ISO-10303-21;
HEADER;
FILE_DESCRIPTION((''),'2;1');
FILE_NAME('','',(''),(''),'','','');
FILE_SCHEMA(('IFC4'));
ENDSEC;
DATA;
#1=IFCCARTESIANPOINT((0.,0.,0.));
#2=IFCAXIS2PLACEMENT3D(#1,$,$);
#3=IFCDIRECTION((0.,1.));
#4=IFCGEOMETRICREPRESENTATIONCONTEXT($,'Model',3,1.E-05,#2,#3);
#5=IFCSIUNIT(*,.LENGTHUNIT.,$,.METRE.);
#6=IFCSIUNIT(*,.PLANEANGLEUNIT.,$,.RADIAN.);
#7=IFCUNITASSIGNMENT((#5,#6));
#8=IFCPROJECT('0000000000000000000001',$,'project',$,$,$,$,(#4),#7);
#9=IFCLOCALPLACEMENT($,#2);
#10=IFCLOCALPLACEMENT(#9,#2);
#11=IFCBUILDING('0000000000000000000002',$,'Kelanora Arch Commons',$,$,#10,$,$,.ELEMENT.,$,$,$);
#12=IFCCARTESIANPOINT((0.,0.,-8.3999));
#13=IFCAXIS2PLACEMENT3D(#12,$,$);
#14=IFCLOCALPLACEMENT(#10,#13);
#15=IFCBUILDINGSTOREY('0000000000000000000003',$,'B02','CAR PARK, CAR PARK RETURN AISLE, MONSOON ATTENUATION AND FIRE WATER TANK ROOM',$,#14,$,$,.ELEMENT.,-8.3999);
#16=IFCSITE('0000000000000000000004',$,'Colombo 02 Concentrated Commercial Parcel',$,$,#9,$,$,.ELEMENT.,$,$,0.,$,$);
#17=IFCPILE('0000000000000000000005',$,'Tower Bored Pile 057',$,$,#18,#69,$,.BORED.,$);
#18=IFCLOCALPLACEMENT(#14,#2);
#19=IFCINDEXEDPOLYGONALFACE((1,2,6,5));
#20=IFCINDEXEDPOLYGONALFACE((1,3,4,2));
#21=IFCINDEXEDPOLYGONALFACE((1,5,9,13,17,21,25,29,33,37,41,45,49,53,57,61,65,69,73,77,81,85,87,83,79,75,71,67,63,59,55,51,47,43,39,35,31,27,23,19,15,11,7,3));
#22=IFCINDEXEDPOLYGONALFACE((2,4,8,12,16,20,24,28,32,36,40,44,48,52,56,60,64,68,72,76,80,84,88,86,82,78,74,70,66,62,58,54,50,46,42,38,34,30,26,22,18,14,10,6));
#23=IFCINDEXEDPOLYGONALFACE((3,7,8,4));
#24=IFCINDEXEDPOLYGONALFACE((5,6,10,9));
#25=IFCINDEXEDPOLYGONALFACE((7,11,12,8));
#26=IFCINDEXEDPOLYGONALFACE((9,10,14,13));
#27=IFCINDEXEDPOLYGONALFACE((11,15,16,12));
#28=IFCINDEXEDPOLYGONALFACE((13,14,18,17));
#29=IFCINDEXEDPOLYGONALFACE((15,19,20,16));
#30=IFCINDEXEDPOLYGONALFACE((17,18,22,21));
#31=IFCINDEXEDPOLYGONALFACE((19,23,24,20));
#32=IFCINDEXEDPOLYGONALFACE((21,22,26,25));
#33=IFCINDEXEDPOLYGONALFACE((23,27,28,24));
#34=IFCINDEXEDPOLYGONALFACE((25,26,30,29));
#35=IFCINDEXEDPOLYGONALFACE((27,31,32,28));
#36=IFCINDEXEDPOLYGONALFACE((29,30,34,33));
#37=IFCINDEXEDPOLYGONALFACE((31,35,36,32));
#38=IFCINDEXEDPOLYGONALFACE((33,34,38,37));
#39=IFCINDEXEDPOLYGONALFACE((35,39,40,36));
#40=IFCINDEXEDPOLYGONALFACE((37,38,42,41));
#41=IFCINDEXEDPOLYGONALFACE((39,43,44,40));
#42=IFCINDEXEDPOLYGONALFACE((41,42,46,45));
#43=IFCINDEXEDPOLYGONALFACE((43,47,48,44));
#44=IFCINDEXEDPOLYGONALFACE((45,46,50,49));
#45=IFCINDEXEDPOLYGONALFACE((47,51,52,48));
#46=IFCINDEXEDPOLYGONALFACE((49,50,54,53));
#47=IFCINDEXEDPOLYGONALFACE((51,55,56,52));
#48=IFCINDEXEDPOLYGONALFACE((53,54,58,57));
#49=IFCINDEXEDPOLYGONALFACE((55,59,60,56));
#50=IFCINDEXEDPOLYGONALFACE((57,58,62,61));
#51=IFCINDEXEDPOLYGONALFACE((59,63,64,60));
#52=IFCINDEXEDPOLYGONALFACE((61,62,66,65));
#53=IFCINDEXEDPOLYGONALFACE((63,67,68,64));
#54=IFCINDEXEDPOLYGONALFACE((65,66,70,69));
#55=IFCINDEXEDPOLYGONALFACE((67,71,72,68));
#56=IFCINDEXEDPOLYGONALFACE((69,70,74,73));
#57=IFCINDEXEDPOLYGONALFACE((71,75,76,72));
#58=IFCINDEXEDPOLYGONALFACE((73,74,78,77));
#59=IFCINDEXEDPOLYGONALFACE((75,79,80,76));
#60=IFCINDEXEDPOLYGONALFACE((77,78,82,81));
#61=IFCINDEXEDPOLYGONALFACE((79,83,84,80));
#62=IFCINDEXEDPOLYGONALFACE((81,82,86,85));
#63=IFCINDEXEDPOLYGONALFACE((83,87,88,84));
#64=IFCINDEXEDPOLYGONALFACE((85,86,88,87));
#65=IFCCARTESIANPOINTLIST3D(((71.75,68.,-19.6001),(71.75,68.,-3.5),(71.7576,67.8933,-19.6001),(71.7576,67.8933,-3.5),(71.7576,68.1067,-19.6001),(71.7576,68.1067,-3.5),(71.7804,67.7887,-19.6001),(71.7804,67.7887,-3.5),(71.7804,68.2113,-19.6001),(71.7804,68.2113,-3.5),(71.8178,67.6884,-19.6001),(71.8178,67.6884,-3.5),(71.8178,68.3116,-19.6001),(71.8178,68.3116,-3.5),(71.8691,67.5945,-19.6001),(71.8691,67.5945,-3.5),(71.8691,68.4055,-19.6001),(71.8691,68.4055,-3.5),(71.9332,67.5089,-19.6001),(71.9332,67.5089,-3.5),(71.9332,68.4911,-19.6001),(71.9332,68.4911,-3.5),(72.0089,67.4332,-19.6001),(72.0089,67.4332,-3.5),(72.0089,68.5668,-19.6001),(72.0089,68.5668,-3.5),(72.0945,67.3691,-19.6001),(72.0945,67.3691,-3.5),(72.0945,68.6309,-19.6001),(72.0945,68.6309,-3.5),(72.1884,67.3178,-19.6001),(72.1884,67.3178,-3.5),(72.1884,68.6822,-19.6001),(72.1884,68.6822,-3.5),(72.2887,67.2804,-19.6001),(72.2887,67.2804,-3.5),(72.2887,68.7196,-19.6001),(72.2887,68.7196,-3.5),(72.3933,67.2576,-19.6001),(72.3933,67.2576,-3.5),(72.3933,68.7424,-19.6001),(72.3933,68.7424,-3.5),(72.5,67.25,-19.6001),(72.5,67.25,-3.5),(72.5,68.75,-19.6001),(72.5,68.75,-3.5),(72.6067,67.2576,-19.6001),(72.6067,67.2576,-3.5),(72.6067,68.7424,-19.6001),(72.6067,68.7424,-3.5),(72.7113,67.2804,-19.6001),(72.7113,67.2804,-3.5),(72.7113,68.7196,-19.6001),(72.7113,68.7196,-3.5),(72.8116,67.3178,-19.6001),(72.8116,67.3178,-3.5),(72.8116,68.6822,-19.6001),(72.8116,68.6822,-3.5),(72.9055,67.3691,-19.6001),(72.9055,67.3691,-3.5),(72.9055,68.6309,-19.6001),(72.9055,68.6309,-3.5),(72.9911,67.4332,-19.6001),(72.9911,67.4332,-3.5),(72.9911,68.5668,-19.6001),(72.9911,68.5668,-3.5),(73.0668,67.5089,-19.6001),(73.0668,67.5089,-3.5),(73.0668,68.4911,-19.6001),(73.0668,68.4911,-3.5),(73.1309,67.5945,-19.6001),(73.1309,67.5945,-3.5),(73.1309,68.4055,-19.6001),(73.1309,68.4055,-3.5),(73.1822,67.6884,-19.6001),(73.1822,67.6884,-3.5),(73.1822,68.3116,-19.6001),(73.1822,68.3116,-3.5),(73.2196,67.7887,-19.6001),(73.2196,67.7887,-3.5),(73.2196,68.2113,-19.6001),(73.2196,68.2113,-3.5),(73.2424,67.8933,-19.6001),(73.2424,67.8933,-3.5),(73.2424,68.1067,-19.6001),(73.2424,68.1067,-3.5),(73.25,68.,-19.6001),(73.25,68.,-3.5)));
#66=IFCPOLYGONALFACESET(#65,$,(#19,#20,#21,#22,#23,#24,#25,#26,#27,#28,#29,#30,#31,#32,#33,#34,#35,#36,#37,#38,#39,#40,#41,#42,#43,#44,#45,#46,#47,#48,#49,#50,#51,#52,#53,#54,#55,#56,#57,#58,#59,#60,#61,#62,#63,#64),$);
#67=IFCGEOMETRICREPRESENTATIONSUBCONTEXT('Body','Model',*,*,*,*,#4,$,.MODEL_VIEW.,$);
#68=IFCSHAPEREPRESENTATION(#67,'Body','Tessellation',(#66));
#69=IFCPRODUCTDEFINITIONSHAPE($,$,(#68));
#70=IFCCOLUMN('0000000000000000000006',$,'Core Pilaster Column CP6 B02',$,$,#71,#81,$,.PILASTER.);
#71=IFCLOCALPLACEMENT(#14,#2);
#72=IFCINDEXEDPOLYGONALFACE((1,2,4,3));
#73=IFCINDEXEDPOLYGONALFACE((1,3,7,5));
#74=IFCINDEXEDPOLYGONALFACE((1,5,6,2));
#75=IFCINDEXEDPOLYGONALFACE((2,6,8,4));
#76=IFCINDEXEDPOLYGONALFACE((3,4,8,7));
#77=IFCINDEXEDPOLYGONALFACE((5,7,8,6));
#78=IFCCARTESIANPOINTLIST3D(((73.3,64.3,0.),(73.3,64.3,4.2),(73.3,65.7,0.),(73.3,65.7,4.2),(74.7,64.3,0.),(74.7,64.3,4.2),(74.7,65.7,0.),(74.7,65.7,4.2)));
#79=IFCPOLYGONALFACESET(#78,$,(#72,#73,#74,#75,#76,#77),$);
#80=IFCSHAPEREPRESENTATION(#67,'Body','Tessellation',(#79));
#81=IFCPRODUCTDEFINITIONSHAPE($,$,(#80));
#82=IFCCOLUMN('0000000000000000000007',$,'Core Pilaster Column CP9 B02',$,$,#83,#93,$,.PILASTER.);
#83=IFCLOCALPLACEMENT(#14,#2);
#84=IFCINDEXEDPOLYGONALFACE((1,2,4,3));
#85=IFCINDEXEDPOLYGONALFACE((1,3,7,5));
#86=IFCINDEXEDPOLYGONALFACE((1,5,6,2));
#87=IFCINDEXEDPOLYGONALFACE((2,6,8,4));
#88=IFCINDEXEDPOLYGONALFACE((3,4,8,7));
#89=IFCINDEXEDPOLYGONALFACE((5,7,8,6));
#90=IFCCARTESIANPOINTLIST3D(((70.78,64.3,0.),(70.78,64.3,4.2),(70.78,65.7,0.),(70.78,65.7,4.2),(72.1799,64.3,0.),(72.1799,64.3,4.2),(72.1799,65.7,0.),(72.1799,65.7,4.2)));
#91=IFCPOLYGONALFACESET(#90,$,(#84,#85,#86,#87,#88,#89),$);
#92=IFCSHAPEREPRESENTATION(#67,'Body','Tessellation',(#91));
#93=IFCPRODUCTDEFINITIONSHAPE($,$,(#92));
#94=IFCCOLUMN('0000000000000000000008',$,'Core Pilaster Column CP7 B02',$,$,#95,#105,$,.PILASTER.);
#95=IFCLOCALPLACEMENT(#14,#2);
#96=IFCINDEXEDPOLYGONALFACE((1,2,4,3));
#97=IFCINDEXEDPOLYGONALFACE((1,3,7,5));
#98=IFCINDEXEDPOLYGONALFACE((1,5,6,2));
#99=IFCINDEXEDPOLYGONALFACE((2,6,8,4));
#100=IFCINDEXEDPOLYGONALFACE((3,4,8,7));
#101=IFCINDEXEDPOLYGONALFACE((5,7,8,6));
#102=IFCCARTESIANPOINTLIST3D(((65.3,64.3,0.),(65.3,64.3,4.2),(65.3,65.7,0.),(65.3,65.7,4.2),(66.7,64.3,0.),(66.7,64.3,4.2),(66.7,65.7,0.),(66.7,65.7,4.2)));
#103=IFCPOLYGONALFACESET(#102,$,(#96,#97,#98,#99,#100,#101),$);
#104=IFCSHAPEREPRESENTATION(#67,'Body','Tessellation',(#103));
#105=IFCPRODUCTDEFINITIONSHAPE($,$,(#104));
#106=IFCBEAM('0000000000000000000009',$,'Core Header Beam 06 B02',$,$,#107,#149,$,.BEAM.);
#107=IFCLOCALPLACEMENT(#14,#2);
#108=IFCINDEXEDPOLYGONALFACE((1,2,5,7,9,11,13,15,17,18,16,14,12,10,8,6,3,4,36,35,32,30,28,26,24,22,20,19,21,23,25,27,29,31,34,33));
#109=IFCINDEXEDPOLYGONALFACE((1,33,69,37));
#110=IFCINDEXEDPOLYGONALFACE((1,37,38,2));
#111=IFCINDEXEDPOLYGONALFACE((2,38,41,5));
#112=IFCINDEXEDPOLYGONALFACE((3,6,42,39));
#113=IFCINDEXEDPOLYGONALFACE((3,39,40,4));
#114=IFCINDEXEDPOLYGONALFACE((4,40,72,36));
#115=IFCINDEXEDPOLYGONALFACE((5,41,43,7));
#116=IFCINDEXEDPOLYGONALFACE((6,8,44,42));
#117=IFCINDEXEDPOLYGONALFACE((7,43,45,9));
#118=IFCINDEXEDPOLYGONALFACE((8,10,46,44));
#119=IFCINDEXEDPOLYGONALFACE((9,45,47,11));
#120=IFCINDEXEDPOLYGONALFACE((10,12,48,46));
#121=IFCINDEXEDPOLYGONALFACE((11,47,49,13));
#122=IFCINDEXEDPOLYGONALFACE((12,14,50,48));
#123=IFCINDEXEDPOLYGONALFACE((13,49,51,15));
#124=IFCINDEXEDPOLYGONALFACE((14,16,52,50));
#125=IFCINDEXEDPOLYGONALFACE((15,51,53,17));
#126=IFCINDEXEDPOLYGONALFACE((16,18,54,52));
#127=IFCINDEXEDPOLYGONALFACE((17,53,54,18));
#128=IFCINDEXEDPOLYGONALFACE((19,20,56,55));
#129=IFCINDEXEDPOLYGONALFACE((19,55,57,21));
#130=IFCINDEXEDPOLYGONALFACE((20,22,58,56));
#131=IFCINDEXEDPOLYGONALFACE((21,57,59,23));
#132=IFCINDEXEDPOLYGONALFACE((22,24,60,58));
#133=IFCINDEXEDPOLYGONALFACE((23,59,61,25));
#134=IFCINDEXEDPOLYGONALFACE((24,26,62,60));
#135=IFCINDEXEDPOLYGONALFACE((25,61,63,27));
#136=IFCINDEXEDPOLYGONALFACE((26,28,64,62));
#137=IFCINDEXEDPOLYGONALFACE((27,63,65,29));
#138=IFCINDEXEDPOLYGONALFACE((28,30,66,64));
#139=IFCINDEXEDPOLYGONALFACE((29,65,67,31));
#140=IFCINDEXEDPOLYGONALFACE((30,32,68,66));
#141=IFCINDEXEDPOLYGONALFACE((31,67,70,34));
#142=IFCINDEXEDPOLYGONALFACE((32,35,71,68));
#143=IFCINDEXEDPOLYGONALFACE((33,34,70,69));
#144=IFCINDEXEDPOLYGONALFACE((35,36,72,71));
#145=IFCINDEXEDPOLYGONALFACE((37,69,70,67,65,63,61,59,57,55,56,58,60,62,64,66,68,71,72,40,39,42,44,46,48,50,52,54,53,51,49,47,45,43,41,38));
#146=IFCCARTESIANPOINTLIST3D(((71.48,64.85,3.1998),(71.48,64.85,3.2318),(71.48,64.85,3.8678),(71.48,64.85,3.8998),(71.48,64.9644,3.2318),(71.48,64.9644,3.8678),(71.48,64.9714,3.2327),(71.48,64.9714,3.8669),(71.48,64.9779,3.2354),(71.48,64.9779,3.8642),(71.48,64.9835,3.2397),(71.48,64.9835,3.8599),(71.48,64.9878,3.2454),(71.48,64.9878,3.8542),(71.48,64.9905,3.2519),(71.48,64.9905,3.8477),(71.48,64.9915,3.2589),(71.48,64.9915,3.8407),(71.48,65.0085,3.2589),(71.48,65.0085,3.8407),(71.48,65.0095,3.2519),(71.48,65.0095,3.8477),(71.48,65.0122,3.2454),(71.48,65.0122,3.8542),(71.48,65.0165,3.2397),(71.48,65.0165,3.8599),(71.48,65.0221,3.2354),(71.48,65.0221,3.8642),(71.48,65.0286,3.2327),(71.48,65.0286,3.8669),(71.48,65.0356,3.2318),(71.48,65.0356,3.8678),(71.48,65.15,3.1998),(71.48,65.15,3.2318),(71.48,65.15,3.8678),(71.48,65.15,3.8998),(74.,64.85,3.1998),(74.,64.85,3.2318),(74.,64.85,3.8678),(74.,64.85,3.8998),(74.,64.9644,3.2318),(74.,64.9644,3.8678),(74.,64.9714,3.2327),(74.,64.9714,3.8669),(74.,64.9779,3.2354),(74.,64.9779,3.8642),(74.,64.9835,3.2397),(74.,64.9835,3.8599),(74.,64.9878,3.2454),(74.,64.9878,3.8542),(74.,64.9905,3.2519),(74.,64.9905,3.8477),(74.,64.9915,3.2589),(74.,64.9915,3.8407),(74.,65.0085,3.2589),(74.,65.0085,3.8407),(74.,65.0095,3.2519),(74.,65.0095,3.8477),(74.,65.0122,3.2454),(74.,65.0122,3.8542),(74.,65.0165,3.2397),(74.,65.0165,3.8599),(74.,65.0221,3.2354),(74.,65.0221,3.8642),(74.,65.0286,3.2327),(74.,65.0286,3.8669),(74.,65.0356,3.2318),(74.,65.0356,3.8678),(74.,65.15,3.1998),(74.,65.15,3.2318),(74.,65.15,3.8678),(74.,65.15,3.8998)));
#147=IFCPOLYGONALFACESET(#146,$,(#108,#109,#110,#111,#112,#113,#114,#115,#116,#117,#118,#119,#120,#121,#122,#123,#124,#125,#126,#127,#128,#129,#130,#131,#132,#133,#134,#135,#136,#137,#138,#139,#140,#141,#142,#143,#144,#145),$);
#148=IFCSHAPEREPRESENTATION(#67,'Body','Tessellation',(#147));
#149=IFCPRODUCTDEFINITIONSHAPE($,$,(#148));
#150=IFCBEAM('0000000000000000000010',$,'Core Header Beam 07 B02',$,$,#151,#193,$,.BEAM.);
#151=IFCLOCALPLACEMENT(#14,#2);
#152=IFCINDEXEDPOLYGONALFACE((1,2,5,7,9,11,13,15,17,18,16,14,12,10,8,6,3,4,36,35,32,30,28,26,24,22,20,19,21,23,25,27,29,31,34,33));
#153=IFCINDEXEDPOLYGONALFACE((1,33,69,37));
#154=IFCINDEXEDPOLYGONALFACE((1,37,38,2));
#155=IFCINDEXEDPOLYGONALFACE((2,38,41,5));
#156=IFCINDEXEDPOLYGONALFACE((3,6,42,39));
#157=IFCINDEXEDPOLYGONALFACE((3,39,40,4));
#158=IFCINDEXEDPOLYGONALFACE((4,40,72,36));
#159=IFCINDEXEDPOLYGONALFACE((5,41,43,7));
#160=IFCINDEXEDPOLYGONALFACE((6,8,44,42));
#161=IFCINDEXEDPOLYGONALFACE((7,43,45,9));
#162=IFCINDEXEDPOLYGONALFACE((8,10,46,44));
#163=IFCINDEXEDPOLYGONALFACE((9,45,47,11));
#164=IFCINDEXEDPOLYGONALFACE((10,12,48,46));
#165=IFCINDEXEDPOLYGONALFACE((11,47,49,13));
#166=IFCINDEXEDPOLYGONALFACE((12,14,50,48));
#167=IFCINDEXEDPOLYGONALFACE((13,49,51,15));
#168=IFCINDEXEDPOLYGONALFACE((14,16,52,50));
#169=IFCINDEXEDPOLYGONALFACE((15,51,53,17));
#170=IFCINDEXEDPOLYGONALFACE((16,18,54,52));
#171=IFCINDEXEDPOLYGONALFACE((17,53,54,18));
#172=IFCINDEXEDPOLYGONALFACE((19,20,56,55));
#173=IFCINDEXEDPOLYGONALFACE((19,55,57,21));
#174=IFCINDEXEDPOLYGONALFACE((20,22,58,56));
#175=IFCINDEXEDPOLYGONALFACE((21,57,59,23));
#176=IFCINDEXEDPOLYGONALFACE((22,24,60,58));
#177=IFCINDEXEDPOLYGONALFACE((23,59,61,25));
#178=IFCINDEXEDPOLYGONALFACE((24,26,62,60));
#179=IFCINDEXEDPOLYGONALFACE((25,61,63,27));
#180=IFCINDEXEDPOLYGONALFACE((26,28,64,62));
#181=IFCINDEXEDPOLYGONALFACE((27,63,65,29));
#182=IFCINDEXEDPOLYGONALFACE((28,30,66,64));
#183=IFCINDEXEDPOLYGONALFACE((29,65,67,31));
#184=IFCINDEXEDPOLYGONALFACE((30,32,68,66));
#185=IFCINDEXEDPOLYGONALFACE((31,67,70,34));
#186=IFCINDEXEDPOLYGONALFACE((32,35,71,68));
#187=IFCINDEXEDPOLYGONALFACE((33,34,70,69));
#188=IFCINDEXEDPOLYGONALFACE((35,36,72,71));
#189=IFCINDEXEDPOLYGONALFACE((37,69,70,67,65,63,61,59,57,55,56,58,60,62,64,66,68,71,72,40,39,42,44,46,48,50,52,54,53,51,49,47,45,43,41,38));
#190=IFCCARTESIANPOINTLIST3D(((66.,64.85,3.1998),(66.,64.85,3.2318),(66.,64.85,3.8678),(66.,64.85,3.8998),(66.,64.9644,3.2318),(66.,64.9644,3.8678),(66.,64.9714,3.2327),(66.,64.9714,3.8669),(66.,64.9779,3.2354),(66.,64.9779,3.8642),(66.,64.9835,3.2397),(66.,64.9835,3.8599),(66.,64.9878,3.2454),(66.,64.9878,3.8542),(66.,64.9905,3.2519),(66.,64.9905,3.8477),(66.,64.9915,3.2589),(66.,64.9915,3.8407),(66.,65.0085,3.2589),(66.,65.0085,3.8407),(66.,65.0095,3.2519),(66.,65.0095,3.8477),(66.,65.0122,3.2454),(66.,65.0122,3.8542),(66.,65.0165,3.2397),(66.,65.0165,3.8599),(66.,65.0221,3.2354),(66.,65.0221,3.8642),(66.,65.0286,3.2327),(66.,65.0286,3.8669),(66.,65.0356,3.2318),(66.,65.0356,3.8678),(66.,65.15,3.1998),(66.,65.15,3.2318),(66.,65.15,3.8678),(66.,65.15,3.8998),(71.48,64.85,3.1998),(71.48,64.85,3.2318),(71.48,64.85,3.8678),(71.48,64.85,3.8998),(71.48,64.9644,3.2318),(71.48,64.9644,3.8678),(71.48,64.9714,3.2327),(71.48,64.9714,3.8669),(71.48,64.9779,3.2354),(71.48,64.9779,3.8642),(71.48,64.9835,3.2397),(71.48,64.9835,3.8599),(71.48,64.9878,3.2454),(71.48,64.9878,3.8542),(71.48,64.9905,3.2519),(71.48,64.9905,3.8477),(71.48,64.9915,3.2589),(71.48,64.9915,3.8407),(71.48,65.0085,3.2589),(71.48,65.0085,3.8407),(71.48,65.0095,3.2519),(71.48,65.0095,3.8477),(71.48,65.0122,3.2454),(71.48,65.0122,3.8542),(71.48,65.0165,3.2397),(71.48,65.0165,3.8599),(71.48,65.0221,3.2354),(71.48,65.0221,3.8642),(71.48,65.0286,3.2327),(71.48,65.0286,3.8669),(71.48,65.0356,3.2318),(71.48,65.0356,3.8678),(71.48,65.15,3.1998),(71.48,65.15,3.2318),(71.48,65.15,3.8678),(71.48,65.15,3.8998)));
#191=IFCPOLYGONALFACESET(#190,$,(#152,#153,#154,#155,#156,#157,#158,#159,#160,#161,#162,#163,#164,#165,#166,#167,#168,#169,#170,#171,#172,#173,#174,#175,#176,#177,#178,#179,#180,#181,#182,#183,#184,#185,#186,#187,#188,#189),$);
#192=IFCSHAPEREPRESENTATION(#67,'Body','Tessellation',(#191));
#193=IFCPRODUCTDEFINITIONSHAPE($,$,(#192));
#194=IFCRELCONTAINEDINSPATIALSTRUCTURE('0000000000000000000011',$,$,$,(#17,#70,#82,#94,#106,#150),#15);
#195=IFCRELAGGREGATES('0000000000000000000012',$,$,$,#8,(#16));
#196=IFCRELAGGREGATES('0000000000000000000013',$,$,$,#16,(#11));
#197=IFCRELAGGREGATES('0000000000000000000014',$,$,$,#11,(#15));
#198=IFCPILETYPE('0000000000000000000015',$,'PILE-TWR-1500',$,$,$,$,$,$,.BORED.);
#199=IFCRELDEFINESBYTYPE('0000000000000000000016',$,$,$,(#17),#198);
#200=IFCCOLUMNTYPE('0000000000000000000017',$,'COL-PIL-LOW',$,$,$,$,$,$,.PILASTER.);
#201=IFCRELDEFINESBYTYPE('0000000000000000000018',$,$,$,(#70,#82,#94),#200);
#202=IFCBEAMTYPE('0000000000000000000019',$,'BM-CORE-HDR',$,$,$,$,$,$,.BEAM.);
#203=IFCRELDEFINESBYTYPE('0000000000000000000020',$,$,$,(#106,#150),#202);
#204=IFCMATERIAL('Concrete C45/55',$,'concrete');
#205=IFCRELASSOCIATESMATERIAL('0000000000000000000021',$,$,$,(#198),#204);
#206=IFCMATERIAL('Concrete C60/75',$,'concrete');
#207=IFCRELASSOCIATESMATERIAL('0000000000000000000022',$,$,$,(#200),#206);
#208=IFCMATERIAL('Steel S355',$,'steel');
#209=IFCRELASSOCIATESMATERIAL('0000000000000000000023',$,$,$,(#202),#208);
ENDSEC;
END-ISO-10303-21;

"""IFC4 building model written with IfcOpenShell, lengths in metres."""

from ifc_helpers import new_model, si_unit, direction, frame, origin, origin_2d, place, context, subcontext, project, spatial, rectangle, circle, i_section, extrude, source, transform, mapped, material, material_profile, profile_set, type_object, element, save


model = new_model("IFC4")

# Units and contexts
model_context = context("Model", 3, precision=1e-05, world=origin(), true_north=direction((0.0, 1.0)))
body_context = subcontext(model_context, "Body", "Model", "MODEL_VIEW")
ifc_project = project(units=[si_unit("LENGTHUNIT", "METRE"), si_unit("PLANEANGLEUNIT", "RADIAN")], contexts=[model_context])

# Site, building, storey
site_placement = place(None, origin())
site = spatial("IfcSite", under=ifc_project, at=site_placement, Name="Colombo 02 Concentrated Commercial Parcel", CompositionType="ELEMENT", RefElevation=0.0)
building_placement = place(site_placement, origin())
building = spatial("IfcBuilding", under=site, at=building_placement, Name="Kelanora Arch Commons", CompositionType="ELEMENT")
storey_placement = place(building_placement, frame((0.0, 0.0, -8.3999)))
storey = spatial("IfcBuildingStorey", under=building, at=storey_placement, Name="B02", Description="CAR PARK, CAR PARK RETURN AISLE, MONSOON ATTENUATION AND FIRE WATER TANK ROOM", CompositionType="ELEMENT", Elevation=-8.3999)

# Pile
ifc_material_1 = material(Name="Concrete C45/55", Category="concrete")
ifc_material_profile_1 = material_profile(ifc_material_1, circle(Radius=0.75, at=origin_2d()), Name="PILE1500")
ifc_profile_set_1 = profile_set([ifc_material_profile_1], Name="Concrete C45/55")
pile_type = type_object("IfcPileType", Name="PILE-TWR-1500", PredefinedType="BORED", material=ifc_profile_set_1)
shared_shape = source(origin(), body_context, "Body", "SweptSolid", [
    extrude(circle(Radius=0.75, at=origin_2d()), origin(), (0.0, 0.0, 1.0), 16.1001),
])
for number, where, z_axis, x_axis, name in (
    (1, (72.5, 68.0, -3.5), (0.0, 0.0, -1.0), (1.0, 0.0, 0.0), "Tower Bored Pile 057"),
):
    element("IfcPile", number, at=place(storey_placement, frame(where, z_axis=z_axis, x_axis=x_axis)), inside=storey, type_object=pile_type, Name=name, PredefinedType="BORED", context=body_context, shape_type="MappedRepresentation", body=[
        mapped(shared_shape, transform((0.0, 0.0, 0.0), scale=1.0)),
    ])

# Columns
ifc_material_2 = material(Name="Concrete C60/75", Category="concrete")
ifc_material_profile_2 = material_profile(ifc_material_2, rectangle(XDim=1.3999, YDim=1.3999, at=origin_2d()), Name="RC1400x1400")
ifc_profile_set_2 = profile_set([ifc_material_profile_2], Name="Concrete C60/75")
column_type = type_object("IfcColumnType", Name="COL-PIL-LOW", PredefinedType="PILASTER", material=ifc_profile_set_2)
for number, where, z_axis, x_axis, name in (
    (2, (74.0, 65.0, 0.0), (0.0, 0.0, 1.0), (1.0, 0.0, 0.0), "Core Pilaster Column CP6 B02"),
    (3, (71.48, 65.0, 0.0), (0.0, 0.0, 1.0), (1.0, 0.0, 0.0), "Core Pilaster Column CP9 B02"),
    (4, (66.0, 65.0, 0.0), (0.0, 0.0, 1.0), (1.0, 0.0, 0.0), "Core Pilaster Column CP7 B02"),
):
    element("IfcColumn", number, at=place(storey_placement, frame(where, z_axis=z_axis, x_axis=x_axis)), inside=storey, type_object=column_type, Name=name, PredefinedType="PILASTER", context=body_context, shape_type="SweptSolid", body=[
        extrude(rectangle(XDim=1.3999, YDim=1.3999, at=origin_2d()), origin(), (0.0, 0.0, 1.0), 4.2),
    ])

# Beams
ifc_material_3 = material(Name="Steel S355", Category="steel")
ifc_material_profile_3 = material_profile(ifc_material_3, i_section(OverallWidth=0.3, OverallDepth=0.7, WebThickness=0.0171, FlangeThickness=0.032, FilletRadius=0.0271, at=origin_2d()), Name="HEB700")
ifc_profile_set_3 = profile_set([ifc_material_profile_3], Name="Steel S355")
beam_type_1 = type_object("IfcBeamType", Name="BM-CORE-HDR", PredefinedType="BEAM", material=ifc_profile_set_3)
beam_1_placement = place(storey_placement, frame((74.0, 65.0, 3.5498), z_axis=(-1.0, 0.0, 0.0), x_axis=(0.0, -1.0, 0.0)))
element("IfcBeam", 5, at=beam_1_placement, inside=storey, type_object=beam_type_1, Name="Core Header Beam 06 B02", PredefinedType="BEAM", context=body_context, shape_type="SweptSolid", body=[
    extrude(i_section(OverallWidth=0.3, OverallDepth=0.7, WebThickness=0.0171, FlangeThickness=0.032, FilletRadius=0.0271, at=origin_2d()), origin(), (0.0, 0.0, 1.0), 2.52),
])
beam_2_placement = place(storey_placement, frame((71.48, 65.0, 3.5498), z_axis=(-1.0, 0.0, 0.0), x_axis=(0.0, -1.0, 0.0)))
element("IfcBeam", 6, at=beam_2_placement, inside=storey, type_object=beam_type_1, Name="Core Header Beam 07 B02", PredefinedType="BEAM", context=body_context, shape_type="SweptSolid", body=[
    extrude(i_section(OverallWidth=0.3, OverallDepth=0.7, WebThickness=0.0171, FlangeThickness=0.032, FilletRadius=0.0271, at=origin_2d()), origin(), (0.0, 0.0, 1.0), 5.48),
])

save(model, "model.ifc")
